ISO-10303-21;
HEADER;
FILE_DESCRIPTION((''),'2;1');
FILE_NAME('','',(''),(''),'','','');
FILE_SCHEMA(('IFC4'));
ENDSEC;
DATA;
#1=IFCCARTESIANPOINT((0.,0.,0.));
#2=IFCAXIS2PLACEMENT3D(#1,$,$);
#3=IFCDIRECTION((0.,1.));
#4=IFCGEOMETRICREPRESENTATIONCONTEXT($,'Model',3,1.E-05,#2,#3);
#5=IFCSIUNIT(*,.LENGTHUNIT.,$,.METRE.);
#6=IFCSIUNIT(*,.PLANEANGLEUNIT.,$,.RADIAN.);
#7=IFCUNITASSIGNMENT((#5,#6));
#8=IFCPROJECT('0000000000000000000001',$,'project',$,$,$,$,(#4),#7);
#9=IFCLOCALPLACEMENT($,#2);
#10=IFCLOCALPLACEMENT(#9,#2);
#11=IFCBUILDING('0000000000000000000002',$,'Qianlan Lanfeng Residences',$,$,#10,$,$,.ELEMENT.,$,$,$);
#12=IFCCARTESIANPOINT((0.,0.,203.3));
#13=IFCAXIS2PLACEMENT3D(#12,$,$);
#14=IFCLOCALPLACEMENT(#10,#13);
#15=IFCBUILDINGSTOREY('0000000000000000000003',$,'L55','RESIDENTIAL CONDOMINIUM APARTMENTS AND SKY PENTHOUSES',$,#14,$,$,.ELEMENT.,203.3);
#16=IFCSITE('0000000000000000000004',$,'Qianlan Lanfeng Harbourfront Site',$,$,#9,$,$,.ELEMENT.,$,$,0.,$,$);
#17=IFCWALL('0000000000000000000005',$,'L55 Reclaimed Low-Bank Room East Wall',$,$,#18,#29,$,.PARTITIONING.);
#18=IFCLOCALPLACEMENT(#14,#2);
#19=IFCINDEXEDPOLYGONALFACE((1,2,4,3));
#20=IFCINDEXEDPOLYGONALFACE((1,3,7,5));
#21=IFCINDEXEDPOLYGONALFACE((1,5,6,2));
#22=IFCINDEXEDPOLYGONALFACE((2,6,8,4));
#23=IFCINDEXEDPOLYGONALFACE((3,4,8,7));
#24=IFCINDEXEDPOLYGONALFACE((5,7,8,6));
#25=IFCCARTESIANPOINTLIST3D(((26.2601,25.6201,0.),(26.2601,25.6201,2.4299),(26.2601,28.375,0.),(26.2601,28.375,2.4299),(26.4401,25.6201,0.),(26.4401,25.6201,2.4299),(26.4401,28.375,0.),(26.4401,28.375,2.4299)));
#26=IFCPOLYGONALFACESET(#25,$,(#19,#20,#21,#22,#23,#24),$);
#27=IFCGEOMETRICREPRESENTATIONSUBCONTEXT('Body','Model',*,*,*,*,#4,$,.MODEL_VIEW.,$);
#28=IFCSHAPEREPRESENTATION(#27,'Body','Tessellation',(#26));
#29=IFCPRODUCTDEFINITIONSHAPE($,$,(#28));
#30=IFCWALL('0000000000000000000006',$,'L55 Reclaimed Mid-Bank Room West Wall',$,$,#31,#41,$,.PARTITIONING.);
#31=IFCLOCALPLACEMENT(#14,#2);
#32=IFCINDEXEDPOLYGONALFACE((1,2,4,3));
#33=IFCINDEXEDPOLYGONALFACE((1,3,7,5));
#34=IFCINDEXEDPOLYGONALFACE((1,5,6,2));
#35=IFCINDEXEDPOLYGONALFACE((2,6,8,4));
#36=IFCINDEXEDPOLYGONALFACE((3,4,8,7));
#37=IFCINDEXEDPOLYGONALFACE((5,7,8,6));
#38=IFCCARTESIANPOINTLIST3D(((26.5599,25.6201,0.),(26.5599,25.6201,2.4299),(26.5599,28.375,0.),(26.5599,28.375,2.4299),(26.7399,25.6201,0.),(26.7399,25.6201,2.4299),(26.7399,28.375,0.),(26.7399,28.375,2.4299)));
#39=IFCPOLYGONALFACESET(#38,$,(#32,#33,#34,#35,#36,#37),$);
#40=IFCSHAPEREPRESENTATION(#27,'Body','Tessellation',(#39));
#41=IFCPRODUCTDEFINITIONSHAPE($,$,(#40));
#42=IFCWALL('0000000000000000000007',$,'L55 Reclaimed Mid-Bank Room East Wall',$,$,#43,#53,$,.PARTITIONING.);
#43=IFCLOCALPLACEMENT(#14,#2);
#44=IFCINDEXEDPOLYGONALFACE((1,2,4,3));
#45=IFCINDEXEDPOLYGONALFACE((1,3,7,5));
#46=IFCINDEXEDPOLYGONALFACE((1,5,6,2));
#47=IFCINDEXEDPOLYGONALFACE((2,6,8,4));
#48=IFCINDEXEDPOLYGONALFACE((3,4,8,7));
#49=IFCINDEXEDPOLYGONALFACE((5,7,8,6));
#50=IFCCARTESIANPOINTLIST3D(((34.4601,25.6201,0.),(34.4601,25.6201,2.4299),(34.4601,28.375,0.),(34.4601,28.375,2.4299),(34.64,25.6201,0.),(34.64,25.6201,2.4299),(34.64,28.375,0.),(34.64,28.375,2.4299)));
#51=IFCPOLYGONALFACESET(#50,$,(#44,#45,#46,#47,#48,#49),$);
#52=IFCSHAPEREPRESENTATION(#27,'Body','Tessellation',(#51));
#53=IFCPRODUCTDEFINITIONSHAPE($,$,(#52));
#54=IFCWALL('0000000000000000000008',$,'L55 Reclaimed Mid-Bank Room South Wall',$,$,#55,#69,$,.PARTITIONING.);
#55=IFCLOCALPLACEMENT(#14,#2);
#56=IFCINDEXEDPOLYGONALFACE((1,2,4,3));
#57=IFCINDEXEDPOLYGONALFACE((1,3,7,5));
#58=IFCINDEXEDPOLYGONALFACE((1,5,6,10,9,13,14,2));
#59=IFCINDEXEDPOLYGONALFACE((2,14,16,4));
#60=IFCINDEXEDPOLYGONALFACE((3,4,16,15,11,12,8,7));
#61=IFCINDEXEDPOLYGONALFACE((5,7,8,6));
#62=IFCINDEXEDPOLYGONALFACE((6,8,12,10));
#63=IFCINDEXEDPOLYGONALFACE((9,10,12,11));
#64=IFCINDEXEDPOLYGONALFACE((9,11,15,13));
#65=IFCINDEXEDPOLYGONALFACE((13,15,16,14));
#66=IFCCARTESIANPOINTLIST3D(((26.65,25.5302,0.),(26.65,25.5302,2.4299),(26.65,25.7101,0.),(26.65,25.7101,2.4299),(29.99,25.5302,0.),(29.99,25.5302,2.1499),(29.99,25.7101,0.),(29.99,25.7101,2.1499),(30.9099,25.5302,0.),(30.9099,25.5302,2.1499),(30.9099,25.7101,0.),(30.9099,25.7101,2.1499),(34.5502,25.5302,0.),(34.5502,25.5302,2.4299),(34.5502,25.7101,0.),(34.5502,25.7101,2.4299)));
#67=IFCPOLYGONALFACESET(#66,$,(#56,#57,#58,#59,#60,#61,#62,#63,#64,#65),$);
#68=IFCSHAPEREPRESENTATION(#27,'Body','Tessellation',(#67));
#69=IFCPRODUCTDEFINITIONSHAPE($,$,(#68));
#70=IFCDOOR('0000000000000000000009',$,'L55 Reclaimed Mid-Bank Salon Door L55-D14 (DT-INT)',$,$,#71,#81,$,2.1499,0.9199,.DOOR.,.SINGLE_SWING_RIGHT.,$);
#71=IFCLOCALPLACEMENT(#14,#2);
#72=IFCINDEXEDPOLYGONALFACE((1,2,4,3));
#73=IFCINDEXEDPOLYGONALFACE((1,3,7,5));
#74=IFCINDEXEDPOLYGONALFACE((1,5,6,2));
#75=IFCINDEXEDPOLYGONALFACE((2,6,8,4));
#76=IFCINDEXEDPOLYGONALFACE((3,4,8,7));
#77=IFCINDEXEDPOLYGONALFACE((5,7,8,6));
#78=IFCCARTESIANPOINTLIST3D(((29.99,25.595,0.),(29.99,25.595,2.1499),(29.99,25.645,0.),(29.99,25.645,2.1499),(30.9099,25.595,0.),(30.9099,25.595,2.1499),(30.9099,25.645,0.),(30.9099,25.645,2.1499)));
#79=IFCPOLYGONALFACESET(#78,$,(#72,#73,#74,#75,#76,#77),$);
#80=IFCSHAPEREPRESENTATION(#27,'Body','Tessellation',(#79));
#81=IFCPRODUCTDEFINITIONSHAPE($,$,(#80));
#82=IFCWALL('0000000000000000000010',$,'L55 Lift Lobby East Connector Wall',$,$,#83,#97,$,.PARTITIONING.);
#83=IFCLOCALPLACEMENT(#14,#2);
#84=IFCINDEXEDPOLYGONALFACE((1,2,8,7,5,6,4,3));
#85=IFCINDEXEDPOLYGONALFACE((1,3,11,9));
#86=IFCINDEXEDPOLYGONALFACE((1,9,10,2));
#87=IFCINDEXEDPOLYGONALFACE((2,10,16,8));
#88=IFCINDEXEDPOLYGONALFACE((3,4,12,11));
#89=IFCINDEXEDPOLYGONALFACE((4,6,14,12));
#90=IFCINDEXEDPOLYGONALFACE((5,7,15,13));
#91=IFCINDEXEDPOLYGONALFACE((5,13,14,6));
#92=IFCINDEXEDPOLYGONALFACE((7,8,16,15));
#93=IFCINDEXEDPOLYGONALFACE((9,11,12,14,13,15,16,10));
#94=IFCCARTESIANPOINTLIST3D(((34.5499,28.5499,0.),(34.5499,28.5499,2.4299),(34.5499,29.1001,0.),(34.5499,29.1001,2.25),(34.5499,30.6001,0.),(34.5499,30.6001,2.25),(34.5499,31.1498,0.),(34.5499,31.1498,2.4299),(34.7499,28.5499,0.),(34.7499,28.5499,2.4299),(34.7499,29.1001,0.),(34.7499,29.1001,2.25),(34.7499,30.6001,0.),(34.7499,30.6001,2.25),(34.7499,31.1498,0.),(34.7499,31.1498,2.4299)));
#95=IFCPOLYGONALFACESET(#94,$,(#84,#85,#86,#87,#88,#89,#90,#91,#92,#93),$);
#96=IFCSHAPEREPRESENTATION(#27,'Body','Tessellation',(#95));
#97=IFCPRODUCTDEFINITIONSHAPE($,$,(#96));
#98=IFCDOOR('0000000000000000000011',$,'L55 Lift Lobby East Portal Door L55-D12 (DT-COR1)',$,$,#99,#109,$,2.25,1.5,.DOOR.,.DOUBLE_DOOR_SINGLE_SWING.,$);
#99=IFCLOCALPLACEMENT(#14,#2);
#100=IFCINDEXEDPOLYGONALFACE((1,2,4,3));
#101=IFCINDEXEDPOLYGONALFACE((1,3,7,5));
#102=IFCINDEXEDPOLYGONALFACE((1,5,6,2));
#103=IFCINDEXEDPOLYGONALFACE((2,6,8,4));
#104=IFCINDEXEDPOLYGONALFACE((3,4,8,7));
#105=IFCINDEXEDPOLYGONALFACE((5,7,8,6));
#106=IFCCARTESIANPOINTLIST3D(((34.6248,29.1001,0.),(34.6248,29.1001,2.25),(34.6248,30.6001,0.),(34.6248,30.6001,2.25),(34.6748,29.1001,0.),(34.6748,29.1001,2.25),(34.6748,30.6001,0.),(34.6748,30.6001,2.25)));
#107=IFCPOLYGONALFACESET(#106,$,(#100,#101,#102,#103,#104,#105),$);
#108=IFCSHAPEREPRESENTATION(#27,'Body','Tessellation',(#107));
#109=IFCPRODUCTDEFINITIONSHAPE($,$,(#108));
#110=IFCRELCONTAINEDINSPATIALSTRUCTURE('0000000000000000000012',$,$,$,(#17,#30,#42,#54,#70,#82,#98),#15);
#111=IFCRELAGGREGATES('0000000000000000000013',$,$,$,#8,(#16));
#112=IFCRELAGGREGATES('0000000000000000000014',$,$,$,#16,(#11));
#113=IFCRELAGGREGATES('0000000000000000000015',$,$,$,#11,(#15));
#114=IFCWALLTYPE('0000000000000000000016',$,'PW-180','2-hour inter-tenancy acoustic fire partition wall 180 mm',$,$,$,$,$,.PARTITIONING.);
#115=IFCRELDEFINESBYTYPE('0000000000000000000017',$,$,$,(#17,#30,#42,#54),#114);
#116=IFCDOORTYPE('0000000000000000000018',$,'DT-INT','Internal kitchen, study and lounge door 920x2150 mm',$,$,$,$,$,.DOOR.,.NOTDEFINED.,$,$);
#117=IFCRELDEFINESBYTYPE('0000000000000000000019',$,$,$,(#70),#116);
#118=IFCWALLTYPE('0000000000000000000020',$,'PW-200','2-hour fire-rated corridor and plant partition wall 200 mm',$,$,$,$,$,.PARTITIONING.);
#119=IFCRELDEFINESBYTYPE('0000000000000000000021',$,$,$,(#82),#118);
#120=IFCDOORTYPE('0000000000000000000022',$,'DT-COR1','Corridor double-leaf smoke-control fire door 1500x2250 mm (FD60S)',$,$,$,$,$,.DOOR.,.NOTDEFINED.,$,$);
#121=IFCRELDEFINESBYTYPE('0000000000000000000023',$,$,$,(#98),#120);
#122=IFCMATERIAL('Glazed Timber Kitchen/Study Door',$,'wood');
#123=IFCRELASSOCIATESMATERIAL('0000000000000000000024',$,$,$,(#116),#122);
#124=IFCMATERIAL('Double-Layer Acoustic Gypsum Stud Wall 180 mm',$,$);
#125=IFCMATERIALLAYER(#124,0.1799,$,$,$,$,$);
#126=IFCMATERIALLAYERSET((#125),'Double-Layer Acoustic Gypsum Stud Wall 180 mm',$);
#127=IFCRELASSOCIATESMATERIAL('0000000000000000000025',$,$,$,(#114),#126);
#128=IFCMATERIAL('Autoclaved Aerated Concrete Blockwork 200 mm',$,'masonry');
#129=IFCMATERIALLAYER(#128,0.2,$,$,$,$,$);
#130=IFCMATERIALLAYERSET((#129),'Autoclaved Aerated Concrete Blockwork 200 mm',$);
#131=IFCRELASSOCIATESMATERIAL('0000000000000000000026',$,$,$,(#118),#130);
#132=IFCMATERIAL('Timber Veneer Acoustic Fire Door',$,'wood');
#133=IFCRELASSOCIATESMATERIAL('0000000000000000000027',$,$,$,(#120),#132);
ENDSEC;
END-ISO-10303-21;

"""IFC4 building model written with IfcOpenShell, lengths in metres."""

from ifc_helpers import new_model, si_unit, direction, frame, frame_2d, origin, place, context, subcontext, project, spatial, rectangle, extrude, material, layer, layer_set, type_object, element, fill, save


model = new_model("IFC4")

# Units and contexts
model_context = context("Model", 3, precision=1e-05, world=origin(), true_north=direction((0.0, 1.0)))
body_context = subcontext(model_context, "Body", "Model", "MODEL_VIEW")
ifc_project = project(units=[si_unit("LENGTHUNIT", "METRE"), si_unit("PLANEANGLEUNIT", "RADIAN")], contexts=[model_context])

# Site, building, storey
site_placement = place(None, origin())
site = spatial("IfcSite", under=ifc_project, at=site_placement, Name="Qianlan Lanfeng Harbourfront Site", CompositionType="ELEMENT", RefElevation=0.0)
building_placement = place(site_placement, origin())
building = spatial("IfcBuilding", under=site, at=building_placement, Name="Qianlan Lanfeng Residences", CompositionType="ELEMENT")
storey_placement = place(building_placement, frame((0.0, 0.0, 203.3)))
storey = spatial("IfcBuildingStorey", under=building, at=storey_placement, Name="L55", Description="RESIDENTIAL CONDOMINIUM APARTMENTS AND SKY PENTHOUSES", CompositionType="ELEMENT", Elevation=203.3)

# Shared definitions
ifc_material_1 = material(Name="Glazed Timber Kitchen/Study Door", Category="wood")
door_type_1 = type_object("IfcDoorType", Name="DT-INT", Description="Internal kitchen, study and lounge door 920x2150 mm", OperationType="NOTDEFINED", PredefinedType="DOOR", material=ifc_material_1)

# Shared definitions
ifc_material_2 = material(Name="Double-Layer Acoustic Gypsum Stud Wall 180 mm")
ifc_layer_1 = layer(ifc_material_2, 0.1799)
ifc_layer_set_1 = layer_set([ifc_layer_1], Name="Double-Layer Acoustic Gypsum Stud Wall 180 mm")
wall_type_1 = type_object("IfcWallType", Name="PW-180", Description="2-hour inter-tenancy acoustic fire partition wall 180 mm", PredefinedType="PARTITIONING", material=ifc_layer_set_1)

# Walls
for number, where, z_axis, x_axis, name in (
    (1, (26.3501, 25.6201, 0.0), (0.0, 0.0, 1.0), (0.0, 1.0, 0.0), "L55 Reclaimed Low-Bank Room East Wall"),
    (2, (26.6499, 25.6201, 0.0), (0.0, 0.0, 1.0), (0.0, 1.0, 0.0), "L55 Reclaimed Mid-Bank Room West Wall"),
    (3, (34.55, 25.6201, 0.0), (0.0, 0.0, 1.0), (0.0, 1.0, 0.0), "L55 Reclaimed Mid-Bank Room East Wall"),
):
    element("IfcWall", number, at=place(storey_placement, frame(where, z_axis=z_axis, x_axis=x_axis)), inside=storey, type_object=wall_type_1, Name=name, PredefinedType="PARTITIONING", context=body_context, shape_type="SweptSolid", body=[
        extrude(rectangle(XDim=2.7549, YDim=0.1799, at=frame_2d((1.3774, 0.0))), origin(), (0.0, 0.0, 1.0), 2.4299),
    ])

# Walls, openings, doors
wall_1_placement = place(storey_placement, frame((26.6499, 25.6201, 0.0), z_axis=(0.0, 0.0, 1.0), x_axis=(1.0, 0.0, 0.0)))
wall_1 = element("IfcWall", 4, at=wall_1_placement, inside=storey, type_object=wall_type_1, Name="L55 Reclaimed Mid-Bank Room South Wall", PredefinedType="PARTITIONING", context=body_context, shape_type="SweptSolid", body=[
    extrude(rectangle(XDim=7.9001, YDim=0.1799, at=frame_2d((3.9502, 0.0))), origin(), (0.0, 0.0, 1.0), 2.4299),
])
opening_1_placement = place(wall_1_placement, frame((3.3401, 0.0, 0.0)))
opening_1 = element("IfcOpeningElement", 5, at=opening_1_placement, cuts=wall_1, PredefinedType="OPENING", context=body_context, shape_type="SweptSolid", body=[
    extrude(rectangle(XDim=0.9199, YDim=2.1499, at=frame_2d((0.46, 1.075))), frame((0.0, 0.1001, 0.0), z_axis=(0.0, -1.0, 0.0), x_axis=(1.0, 0.0, 0.0)), (0.0, 0.0, 1.0), 0.2),
])
door_1_placement = place(opening_1_placement, origin())
door_1 = element("IfcDoor", 6, at=door_1_placement, inside=storey, type_object=door_type_1, Name="L55 Reclaimed Mid-Bank Salon Door L55-D14 (DT-INT)", OperationType="SINGLE_SWING_RIGHT", OverallHeight=2.1499, OverallWidth=0.9199, PredefinedType="DOOR", context=body_context, shape_type="SweptSolid", body=[
    extrude(rectangle(XDim=0.9199, YDim=2.1499, at=frame_2d((0.46, 1.075))), frame((0.0, 0.0249, 0.0), z_axis=(0.0, -1.0, 0.0), x_axis=(1.0, 0.0, 0.0)), (0.0, 0.0, 1.0), 0.05),
])
fill(opening_1, door_1)
ifc_material_3 = material(Name="Autoclaved Aerated Concrete Blockwork 200 mm", Category="masonry")
ifc_layer_2 = layer(ifc_material_3, 0.2)
ifc_layer_set_2 = layer_set([ifc_layer_2], Name="Autoclaved Aerated Concrete Blockwork 200 mm")
wall_type_2 = type_object("IfcWallType", Name="PW-200", Description="2-hour fire-rated corridor and plant partition wall 200 mm", PredefinedType="PARTITIONING", material=ifc_layer_set_2)
wall_2_placement = place(storey_placement, frame((34.6499, 28.55, 0.0), z_axis=(0.0, 0.0, 1.0), x_axis=(0.0, 1.0, 0.0)))
wall_2 = element("IfcWall", 7, at=wall_2_placement, inside=storey, type_object=wall_type_2, Name="L55 Lift Lobby East Connector Wall", PredefinedType="PARTITIONING", context=body_context, shape_type="SweptSolid", body=[
    extrude(rectangle(XDim=2.5999, YDim=0.2, at=frame_2d((1.2998, 0.0))), origin(), (0.0, 0.0, 1.0), 2.4299),
])
opening_2_placement = place(wall_2_placement, frame((0.55, 0.0, 0.0)))
opening_2 = element("IfcOpeningElement", 8, at=opening_2_placement, cuts=wall_2, PredefinedType="OPENING", context=body_context, shape_type="SweptSolid", body=[
    extrude(rectangle(XDim=1.5, YDim=2.25, at=frame_2d((0.75, 1.125))), frame((0.0, 0.1099, 0.0), z_axis=(0.0, -1.0, 0.0), x_axis=(1.0, 0.0, 0.0)), (0.0, 0.0, 1.0), 0.22),
])
ifc_material_4 = material(Name="Timber Veneer Acoustic Fire Door", Category="wood")
door_type_2 = type_object("IfcDoorType", Name="DT-COR1", Description="Corridor double-leaf smoke-control fire door 1500x2250 mm (FD60S)", OperationType="NOTDEFINED", PredefinedType="DOOR", material=ifc_material_4)
door_2_placement = place(opening_2_placement, frame((1.5, 0.0, 0.0), z_axis=(0.0, 0.0, 1.0), x_axis=(-1.0, 0.0, 0.0)))
door_2 = element("IfcDoor", 9, at=door_2_placement, inside=storey, type_object=door_type_2, Name="L55 Lift Lobby East Portal Door L55-D12 (DT-COR1)", OperationType="DOUBLE_DOOR_SINGLE_SWING", OverallHeight=2.25, OverallWidth=1.5, PredefinedType="DOOR", context=body_context, shape_type="SweptSolid", body=[
    extrude(rectangle(XDim=1.5, YDim=2.25, at=frame_2d((0.75, 1.125))), frame((0.0, 0.0249, 0.0), z_axis=(0.0, -1.0, 0.0), x_axis=(1.0, 0.0, 0.0)), (0.0, 0.0, 1.0), 0.05),
])
fill(opening_2, door_2)

save(model, "model.ifc")
